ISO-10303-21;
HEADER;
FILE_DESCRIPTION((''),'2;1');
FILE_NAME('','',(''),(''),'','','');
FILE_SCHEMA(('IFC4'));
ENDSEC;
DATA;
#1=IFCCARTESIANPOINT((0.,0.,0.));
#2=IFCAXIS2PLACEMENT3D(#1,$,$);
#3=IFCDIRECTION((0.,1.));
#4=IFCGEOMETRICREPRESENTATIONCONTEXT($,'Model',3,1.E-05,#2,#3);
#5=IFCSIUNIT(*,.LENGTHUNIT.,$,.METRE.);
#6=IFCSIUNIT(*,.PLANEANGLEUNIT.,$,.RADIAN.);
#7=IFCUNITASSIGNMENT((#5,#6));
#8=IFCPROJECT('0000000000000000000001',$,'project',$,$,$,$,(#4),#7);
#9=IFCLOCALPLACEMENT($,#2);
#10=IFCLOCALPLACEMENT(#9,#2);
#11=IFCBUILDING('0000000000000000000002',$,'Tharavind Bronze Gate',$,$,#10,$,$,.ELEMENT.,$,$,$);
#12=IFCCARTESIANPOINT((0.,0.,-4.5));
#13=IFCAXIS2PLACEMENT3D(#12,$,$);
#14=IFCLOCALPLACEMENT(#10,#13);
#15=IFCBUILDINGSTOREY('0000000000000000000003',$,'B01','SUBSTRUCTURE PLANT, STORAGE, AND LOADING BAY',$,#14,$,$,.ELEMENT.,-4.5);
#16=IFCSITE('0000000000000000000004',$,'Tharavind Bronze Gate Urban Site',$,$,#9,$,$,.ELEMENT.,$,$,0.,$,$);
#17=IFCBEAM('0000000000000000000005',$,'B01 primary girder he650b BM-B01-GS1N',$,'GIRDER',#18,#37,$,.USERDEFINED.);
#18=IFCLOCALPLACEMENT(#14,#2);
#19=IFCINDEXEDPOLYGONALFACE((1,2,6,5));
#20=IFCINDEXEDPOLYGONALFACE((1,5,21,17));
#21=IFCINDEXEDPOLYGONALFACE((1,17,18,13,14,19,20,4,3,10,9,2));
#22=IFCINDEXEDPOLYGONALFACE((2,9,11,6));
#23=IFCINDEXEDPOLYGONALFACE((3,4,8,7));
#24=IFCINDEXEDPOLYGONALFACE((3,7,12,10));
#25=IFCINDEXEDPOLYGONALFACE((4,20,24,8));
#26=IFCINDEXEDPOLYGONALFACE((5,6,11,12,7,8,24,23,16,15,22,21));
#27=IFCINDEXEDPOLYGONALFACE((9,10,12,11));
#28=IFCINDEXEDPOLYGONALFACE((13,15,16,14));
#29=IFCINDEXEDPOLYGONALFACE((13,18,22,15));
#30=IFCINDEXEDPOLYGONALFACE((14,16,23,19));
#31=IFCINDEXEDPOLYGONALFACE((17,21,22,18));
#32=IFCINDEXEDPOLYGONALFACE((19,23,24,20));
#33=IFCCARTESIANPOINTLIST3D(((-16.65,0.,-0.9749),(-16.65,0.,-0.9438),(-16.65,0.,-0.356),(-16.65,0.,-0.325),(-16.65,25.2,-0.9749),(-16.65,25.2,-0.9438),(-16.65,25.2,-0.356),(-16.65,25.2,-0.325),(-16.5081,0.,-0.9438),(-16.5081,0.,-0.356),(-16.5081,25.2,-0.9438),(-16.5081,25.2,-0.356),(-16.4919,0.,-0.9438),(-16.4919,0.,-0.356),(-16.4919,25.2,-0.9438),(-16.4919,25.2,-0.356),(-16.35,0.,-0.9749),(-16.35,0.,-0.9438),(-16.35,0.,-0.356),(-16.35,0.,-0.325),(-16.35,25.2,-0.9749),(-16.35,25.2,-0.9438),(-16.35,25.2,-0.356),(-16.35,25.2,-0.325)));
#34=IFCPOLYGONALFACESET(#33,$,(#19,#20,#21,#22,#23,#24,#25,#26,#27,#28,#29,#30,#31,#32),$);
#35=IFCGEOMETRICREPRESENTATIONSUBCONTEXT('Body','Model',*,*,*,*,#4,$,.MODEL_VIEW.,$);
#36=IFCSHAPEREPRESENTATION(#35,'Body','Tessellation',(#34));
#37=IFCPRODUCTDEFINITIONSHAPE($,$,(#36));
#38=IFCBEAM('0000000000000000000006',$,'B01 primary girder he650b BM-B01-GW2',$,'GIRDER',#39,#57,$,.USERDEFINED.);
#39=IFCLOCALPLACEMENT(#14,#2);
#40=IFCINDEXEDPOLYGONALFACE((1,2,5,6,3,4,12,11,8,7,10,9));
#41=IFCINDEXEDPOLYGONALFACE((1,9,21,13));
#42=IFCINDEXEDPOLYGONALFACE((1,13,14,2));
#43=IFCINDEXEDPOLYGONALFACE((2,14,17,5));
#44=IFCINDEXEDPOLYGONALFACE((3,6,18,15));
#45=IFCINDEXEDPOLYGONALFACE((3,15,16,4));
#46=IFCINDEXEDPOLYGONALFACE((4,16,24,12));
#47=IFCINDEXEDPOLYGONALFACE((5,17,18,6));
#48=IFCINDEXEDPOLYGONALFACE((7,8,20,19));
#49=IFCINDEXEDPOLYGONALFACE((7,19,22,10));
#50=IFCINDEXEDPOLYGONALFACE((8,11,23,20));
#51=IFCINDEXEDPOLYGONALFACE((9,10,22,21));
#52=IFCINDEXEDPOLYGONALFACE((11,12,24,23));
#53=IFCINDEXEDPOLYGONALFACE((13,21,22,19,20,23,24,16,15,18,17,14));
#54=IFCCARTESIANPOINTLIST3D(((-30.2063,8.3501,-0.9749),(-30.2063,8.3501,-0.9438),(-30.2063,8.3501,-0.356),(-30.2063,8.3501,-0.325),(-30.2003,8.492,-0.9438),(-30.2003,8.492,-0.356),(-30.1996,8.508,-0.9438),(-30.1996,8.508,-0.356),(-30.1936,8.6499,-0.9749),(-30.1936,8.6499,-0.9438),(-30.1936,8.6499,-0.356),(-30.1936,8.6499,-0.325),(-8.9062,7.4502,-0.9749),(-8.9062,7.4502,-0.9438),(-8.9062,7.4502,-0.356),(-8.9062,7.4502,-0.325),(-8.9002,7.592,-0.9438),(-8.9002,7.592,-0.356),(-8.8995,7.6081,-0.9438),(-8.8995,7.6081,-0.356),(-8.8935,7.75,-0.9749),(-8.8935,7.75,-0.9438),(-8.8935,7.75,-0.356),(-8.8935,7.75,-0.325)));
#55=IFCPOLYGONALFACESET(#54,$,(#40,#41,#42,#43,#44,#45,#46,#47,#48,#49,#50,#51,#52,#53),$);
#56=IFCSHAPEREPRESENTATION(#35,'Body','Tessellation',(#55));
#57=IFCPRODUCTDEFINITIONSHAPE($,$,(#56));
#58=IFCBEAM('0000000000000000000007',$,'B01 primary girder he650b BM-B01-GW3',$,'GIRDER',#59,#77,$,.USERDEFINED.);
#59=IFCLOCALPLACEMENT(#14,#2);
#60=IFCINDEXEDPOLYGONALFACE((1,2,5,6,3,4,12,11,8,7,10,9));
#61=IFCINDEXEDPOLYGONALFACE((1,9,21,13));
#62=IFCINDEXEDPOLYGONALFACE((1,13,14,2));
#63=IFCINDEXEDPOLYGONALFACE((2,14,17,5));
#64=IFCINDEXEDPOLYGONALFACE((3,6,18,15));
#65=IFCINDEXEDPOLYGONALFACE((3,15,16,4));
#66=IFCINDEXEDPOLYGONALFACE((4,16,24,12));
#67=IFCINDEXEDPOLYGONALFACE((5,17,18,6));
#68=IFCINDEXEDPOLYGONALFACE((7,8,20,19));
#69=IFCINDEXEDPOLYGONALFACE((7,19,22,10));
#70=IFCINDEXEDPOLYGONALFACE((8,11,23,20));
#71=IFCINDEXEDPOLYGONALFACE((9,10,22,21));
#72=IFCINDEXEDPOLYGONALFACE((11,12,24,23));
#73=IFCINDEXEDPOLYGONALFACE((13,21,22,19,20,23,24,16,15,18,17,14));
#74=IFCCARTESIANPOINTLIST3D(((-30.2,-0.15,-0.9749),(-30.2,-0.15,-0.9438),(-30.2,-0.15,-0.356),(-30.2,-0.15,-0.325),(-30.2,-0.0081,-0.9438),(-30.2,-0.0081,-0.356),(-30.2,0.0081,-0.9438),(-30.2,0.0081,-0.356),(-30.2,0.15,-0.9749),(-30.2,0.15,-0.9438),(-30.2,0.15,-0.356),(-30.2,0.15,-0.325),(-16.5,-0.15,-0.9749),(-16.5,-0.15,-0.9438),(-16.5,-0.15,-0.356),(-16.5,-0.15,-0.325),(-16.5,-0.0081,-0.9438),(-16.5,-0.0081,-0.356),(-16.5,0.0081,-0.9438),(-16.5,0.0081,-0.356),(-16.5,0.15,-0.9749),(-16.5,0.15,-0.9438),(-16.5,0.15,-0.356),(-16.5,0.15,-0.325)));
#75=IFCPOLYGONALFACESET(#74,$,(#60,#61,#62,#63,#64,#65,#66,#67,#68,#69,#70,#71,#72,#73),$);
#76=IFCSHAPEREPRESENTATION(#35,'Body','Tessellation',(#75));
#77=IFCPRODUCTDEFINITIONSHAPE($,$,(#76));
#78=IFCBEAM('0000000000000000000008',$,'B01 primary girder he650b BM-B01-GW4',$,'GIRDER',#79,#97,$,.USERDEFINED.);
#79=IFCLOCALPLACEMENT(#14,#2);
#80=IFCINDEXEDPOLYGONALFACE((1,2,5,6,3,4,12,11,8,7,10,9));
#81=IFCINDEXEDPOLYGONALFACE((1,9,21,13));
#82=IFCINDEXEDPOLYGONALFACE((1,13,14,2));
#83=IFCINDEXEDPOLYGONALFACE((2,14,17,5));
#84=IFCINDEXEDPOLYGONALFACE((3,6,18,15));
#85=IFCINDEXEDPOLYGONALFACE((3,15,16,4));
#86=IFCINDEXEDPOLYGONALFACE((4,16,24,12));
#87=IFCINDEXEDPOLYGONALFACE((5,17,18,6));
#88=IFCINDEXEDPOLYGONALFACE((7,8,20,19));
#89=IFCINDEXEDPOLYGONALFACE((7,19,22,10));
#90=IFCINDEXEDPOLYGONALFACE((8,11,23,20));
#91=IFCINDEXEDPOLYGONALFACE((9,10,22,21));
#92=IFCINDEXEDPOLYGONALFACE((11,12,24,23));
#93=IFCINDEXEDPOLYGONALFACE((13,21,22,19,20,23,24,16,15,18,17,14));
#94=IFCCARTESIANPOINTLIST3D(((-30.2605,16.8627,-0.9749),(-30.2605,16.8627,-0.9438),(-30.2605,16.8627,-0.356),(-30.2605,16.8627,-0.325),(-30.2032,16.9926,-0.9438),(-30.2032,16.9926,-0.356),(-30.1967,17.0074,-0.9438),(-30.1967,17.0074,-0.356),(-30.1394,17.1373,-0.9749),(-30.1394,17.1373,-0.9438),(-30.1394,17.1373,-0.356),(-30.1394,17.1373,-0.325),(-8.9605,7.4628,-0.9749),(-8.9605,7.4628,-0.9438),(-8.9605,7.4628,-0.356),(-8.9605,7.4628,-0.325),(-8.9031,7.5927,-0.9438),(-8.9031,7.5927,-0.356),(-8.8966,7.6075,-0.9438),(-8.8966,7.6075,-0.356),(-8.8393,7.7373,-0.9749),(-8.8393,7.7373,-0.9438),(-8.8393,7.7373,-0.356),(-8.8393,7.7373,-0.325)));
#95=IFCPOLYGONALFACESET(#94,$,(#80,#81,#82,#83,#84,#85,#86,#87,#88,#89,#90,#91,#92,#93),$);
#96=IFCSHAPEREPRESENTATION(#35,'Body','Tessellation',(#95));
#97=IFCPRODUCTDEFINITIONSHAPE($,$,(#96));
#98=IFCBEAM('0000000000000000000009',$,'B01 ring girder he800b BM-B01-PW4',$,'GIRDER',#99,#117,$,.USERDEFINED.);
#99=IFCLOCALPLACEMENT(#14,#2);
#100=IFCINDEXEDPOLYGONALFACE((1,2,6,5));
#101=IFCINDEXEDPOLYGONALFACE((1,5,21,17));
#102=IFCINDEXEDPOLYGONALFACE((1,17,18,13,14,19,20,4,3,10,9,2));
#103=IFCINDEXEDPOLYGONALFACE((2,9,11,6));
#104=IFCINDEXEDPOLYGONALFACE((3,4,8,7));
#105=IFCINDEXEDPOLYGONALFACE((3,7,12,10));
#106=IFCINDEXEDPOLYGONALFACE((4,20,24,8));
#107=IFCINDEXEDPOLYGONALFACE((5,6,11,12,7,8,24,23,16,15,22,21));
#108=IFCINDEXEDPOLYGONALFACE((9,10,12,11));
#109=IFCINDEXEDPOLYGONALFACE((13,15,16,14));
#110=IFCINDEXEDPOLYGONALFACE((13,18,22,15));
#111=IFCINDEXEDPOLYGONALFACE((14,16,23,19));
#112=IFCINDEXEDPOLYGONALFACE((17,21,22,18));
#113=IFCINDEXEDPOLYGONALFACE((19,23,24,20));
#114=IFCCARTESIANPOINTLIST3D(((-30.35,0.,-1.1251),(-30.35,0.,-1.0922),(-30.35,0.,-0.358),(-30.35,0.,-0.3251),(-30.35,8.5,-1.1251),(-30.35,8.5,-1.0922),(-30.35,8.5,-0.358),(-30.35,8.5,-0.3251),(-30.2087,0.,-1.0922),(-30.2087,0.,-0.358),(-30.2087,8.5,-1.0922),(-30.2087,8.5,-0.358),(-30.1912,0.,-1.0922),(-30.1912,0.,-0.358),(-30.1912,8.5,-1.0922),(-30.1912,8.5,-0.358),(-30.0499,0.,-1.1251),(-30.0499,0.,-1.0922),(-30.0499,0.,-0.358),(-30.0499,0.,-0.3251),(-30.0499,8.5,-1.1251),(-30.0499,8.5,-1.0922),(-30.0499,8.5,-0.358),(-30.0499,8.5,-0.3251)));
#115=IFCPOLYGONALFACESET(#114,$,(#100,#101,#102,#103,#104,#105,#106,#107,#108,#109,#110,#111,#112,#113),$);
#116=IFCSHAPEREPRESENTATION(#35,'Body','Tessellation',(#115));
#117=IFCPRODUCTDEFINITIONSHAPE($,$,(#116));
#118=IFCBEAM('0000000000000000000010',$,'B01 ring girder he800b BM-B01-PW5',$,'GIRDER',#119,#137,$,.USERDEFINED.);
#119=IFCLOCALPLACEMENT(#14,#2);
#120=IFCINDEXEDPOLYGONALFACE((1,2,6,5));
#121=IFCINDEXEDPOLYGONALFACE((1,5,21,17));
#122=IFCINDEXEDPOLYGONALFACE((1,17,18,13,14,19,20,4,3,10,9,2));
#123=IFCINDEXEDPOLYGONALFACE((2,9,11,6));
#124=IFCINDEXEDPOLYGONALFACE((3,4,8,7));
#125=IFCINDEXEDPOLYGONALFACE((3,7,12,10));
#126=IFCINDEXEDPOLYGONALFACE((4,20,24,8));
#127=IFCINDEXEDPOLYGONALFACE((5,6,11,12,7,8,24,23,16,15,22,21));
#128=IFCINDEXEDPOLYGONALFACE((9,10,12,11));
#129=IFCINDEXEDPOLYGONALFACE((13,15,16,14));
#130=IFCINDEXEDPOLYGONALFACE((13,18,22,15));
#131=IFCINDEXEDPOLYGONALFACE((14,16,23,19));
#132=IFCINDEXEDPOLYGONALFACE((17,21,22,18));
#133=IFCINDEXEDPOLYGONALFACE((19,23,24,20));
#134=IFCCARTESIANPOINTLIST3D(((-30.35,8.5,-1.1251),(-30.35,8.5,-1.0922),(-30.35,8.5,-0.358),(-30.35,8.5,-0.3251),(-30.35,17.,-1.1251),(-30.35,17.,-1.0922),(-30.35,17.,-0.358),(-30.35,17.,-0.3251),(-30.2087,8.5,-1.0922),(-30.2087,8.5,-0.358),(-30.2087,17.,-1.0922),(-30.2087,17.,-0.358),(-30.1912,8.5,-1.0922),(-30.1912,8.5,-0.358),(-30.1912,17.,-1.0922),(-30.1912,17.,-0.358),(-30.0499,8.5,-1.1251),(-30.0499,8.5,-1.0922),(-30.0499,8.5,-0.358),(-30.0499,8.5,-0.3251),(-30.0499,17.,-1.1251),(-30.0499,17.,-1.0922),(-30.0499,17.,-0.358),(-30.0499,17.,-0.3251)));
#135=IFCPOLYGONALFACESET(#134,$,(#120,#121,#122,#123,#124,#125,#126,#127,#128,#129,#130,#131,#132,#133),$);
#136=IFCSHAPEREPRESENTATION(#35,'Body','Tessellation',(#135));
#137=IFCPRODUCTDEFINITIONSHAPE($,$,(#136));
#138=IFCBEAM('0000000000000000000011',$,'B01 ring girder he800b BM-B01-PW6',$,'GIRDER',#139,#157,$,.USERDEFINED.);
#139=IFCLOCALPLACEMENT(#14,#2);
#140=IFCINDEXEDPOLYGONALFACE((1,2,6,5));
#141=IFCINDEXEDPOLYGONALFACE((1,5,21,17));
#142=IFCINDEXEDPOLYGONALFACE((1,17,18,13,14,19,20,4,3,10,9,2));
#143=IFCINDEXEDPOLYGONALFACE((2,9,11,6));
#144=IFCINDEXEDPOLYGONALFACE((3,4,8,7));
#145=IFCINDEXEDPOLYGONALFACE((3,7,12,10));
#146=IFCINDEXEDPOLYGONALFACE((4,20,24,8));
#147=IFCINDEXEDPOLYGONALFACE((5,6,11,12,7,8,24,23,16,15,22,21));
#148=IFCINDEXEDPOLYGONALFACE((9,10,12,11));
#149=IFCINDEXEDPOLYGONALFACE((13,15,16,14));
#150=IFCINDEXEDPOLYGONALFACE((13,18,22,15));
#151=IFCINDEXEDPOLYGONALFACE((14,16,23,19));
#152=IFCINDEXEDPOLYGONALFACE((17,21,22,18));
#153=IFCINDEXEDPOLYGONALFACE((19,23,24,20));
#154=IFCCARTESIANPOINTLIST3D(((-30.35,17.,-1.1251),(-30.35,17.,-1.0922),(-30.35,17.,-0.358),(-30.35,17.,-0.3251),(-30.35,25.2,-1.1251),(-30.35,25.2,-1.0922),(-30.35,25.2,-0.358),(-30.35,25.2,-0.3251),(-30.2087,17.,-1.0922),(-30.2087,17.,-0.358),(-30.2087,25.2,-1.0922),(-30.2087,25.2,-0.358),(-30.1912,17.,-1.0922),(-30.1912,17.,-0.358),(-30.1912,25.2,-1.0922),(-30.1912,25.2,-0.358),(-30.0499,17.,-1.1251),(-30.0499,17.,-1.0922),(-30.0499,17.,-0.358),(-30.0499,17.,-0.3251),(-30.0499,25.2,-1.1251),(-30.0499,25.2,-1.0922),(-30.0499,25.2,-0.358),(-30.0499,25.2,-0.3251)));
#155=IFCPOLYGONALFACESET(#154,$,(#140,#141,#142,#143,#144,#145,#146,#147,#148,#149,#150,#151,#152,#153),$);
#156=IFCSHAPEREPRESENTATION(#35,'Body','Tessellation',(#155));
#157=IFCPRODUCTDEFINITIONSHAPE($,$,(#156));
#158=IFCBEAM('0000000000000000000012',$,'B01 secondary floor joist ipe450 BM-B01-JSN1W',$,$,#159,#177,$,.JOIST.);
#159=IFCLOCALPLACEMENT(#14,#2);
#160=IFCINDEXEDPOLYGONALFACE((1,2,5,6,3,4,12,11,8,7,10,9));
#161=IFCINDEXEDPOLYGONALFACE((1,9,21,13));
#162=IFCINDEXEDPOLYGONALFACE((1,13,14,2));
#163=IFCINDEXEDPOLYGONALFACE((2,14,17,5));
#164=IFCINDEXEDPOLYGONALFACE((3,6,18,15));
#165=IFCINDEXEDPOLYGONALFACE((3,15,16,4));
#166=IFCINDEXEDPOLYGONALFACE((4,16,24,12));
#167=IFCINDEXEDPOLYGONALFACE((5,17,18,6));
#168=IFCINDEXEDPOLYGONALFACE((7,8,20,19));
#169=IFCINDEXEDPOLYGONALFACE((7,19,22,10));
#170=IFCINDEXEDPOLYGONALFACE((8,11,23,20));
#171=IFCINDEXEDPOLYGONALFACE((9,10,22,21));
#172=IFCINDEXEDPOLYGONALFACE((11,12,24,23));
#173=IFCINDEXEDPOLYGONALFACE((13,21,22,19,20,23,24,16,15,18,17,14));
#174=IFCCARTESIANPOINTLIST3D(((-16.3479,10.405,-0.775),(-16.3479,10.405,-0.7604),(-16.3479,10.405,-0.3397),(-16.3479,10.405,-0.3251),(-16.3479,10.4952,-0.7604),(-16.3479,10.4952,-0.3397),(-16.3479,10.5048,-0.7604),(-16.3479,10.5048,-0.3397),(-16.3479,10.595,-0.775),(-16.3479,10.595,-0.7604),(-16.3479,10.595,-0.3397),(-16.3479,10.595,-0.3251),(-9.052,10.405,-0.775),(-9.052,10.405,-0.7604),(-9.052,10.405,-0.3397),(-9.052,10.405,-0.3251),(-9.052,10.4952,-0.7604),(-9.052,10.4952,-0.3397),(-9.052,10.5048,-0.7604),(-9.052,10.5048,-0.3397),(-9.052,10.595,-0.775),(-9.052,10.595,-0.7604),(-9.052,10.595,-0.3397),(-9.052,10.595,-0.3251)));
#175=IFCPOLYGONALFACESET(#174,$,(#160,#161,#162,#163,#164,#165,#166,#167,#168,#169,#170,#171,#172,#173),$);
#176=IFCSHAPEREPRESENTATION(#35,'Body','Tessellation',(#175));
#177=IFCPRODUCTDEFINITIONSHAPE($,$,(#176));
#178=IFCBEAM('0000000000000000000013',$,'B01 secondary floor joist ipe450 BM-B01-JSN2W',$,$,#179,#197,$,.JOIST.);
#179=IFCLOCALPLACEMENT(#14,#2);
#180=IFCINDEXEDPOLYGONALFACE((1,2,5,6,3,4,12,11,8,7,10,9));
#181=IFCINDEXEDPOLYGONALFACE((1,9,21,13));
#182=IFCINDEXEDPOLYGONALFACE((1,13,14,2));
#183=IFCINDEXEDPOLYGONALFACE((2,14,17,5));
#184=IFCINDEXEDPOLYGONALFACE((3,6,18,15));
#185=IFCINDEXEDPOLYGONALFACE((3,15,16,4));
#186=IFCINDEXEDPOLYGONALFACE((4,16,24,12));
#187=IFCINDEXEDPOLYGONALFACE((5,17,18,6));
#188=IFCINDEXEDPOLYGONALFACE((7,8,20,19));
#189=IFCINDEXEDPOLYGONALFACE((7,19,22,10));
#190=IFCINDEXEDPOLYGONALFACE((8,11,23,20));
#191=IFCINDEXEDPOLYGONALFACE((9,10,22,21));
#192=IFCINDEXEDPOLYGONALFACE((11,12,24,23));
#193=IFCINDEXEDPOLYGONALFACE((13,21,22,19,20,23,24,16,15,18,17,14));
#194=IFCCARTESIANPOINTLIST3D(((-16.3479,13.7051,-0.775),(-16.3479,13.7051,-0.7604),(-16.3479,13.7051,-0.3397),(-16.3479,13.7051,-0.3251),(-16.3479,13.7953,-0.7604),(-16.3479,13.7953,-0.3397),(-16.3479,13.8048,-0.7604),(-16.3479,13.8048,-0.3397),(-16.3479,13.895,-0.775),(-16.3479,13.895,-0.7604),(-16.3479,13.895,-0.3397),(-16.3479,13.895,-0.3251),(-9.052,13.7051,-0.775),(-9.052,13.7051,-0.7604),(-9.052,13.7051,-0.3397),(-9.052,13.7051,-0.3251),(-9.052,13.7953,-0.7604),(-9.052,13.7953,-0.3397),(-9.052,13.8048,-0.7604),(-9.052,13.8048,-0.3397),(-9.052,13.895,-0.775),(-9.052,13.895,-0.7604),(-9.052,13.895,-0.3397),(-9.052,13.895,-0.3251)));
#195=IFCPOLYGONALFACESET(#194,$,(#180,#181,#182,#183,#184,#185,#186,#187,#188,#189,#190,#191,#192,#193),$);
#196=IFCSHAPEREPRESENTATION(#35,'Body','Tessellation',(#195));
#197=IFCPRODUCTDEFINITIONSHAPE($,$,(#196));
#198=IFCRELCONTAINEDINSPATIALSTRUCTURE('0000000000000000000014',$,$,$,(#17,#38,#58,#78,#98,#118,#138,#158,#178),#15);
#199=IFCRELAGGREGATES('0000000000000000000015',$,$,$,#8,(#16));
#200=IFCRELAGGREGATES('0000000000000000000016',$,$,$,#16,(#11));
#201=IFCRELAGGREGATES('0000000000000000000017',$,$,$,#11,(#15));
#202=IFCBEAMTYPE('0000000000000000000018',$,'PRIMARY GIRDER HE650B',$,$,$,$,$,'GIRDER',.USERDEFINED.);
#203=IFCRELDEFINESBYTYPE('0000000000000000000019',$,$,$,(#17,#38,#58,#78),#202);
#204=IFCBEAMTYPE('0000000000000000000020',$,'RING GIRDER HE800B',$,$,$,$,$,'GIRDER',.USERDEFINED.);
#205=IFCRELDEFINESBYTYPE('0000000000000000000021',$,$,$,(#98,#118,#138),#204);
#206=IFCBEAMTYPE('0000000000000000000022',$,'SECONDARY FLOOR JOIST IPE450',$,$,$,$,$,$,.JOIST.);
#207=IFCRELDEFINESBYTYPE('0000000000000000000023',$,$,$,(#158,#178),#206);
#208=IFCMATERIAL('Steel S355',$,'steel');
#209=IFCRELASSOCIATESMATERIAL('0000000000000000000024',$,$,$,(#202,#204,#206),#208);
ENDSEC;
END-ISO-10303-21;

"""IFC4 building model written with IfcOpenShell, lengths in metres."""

from ifc_helpers import new_model, si_unit, direction, frame, origin, origin_2d, place, context, subcontext, project, spatial, i_section, extrude, material, material_profile, profile_set, type_object, element, save


model = new_model("IFC4")

# Units and contexts
model_context = context("Model", 3, precision=1e-05, world=origin(), true_north=direction((0.0, 1.0)))
body_context = subcontext(model_context, "Body", "Model", "MODEL_VIEW")
ifc_project = project(units=[si_unit("LENGTHUNIT", "METRE"), si_unit("PLANEANGLEUNIT", "RADIAN")], contexts=[model_context])

# Site, building, storey
site_placement = place(None, origin())
site = spatial("IfcSite", under=ifc_project, at=site_placement, Name="Tharavind Bronze Gate Urban Site", CompositionType="ELEMENT", RefElevation=0.0)
building_placement = place(site_placement, origin())
building = spatial("IfcBuilding", under=site, at=building_placement, Name="Tharavind Bronze Gate", CompositionType="ELEMENT")
storey_placement = place(building_placement, frame((0.0, 0.0, -4.5)))
storey = spatial("IfcBuildingStorey", under=building, at=storey_placement, Name="B01", Description="SUBSTRUCTURE PLANT, STORAGE, AND LOADING BAY", CompositionType="ELEMENT", Elevation=-4.5)

# Beams
ifc_material_1 = material(Name="Steel S355", Category="steel")
ifc_material_profile_1 = material_profile(ifc_material_1, i_section(OverallWidth=0.3, OverallDepth=0.6499, WebThickness=0.0161, FlangeThickness=0.031, at=origin_2d()), Name="HE650B")
ifc_profile_set_1 = profile_set([ifc_material_profile_1], Name="Steel S355")
beam_type_1 = type_object("IfcBeamType", Name="PRIMARY GIRDER HE650B", ElementType="GIRDER", PredefinedType="USERDEFINED", material=ifc_profile_set_1)
beam_1_placement = place(storey_placement, frame((-16.5, 0.0, -0.6499), z_axis=(0.0, 1.0, 0.0), x_axis=(-1.0, 0.0, 0.0)))
element("IfcBeam", 1, at=beam_1_placement, inside=storey, type_object=beam_type_1, Name="B01 primary girder he650b BM-B01-GS1N", ObjectType="GIRDER", PredefinedType="USERDEFINED", context=body_context, shape_type="SweptSolid", body=[
    extrude(i_section(OverallWidth=0.3, OverallDepth=0.6499, WebThickness=0.0161, FlangeThickness=0.031, at=origin_2d()), origin(), (0.0, 0.0, 1.0), 25.2),
])
beam_2_placement = place(storey_placement, frame((-30.2, 8.5, -0.6499), z_axis=(0.999109, -0.042211, 0.0), x_axis=(0.042211, 0.999109, 0.0)))
element("IfcBeam", 2, at=beam_2_placement, inside=storey, type_object=beam_type_1, Name="B01 primary girder he650b BM-B01-GW2", ObjectType="GIRDER", PredefinedType="USERDEFINED", context=body_context, shape_type="SweptSolid", body=[
    extrude(i_section(OverallWidth=0.3, OverallDepth=0.6499, WebThickness=0.0161, FlangeThickness=0.031, at=origin_2d()), origin(), (0.0, 0.0, 1.0), 21.3191),
])
beam_3_placement = place(storey_placement, frame((-30.2, 0.0, -0.6499), z_axis=(1.0, 0.0, 0.0), x_axis=(0.0, 1.0, 0.0)))
element("IfcBeam", 3, at=beam_3_placement, inside=storey, type_object=beam_type_1, Name="B01 primary girder he650b BM-B01-GW3", ObjectType="GIRDER", PredefinedType="USERDEFINED", context=body_context, shape_type="SweptSolid", body=[
    extrude(i_section(OverallWidth=0.3, OverallDepth=0.6499, WebThickness=0.0161, FlangeThickness=0.031, at=origin_2d()), origin(), (0.0, 0.0, 1.0), 13.7),
])
beam_4_placement = place(storey_placement, frame((-30.2, 17.0, -0.6499), z_axis=(0.914873, -0.403742, 0.0), x_axis=(0.403742, 0.914873, 0.0)))
element("IfcBeam", 4, at=beam_4_placement, inside=storey, type_object=beam_type_1, Name="B01 primary girder he650b BM-B01-GW4", ObjectType="GIRDER", PredefinedType="USERDEFINED", context=body_context, shape_type="SweptSolid", body=[
    extrude(i_section(OverallWidth=0.3, OverallDepth=0.6499, WebThickness=0.0161, FlangeThickness=0.031, at=origin_2d()), origin(), (0.0, 0.0, 1.0), 23.282),
])
ifc_material_profile_2 = material_profile(ifc_material_1, i_section(OverallWidth=0.3, OverallDepth=0.8, WebThickness=0.0176, FlangeThickness=0.033, at=origin_2d()), Name="HE800B")
ifc_profile_set_2 = profile_set([ifc_material_profile_2], Name="Steel S355")
beam_type_2 = type_object("IfcBeamType", Name="RING GIRDER HE800B", ElementType="GIRDER", PredefinedType="USERDEFINED", material=ifc_profile_set_2)
for number, where, z_axis, x_axis, name in (
    (5, (-30.2, 0.0, -0.7251), (0.0, 1.0, 0.0), (-1.0, 0.0, 0.0), "B01 ring girder he800b BM-B01-PW4"),
    (6, (-30.2, 8.5, -0.7251), (0.0, 1.0, 0.0), (-1.0, 0.0, 0.0), "B01 ring girder he800b BM-B01-PW5"),
):
    element("IfcBeam", number, at=place(storey_placement, frame(where, z_axis=z_axis, x_axis=x_axis)), inside=storey, type_object=beam_type_2, Name=name, ObjectType="GIRDER", PredefinedType="USERDEFINED", context=body_context, shape_type="SweptSolid", body=[
        extrude(i_section(OverallWidth=0.3, OverallDepth=0.8, WebThickness=0.0176, FlangeThickness=0.033, at=origin_2d()), origin(), (0.0, 0.0, 1.0), 8.5),
    ])
beam_5_placement = place(storey_placement, frame((-30.2, 17.0, -0.7251), z_axis=(0.0, 1.0, 0.0), x_axis=(-1.0, 0.0, 0.0)))
element("IfcBeam", 7, at=beam_5_placement, inside=storey, type_object=beam_type_2, Name="B01 ring girder he800b BM-B01-PW6", ObjectType="GIRDER", PredefinedType="USERDEFINED", context=body_context, shape_type="SweptSolid", body=[
    extrude(i_section(OverallWidth=0.3, OverallDepth=0.8, WebThickness=0.0176, FlangeThickness=0.033, at=origin_2d()), origin(), (0.0, 0.0, 1.0), 8.2),
])
ifc_material_profile_3 = material_profile(ifc_material_1, i_section(OverallWidth=0.1899, OverallDepth=0.45, WebThickness=0.0095, FlangeThickness=0.0146, at=origin_2d()), Name="IPE450")
ifc_profile_set_3 = profile_set([ifc_material_profile_3], Name="Steel S355")
beam_type_3 = type_object("IfcBeamType", Name="SECONDARY FLOOR JOIST IPE450", PredefinedType="JOIST", material=ifc_profile_set_3)
for number, where, z_axis, x_axis, name in (
    (8, (-16.3479, 10.5, -0.55), (1.0, 0.0, 0.0), (0.0, 1.0, 0.0), "B01 secondary floor joist ipe450 BM-B01-JSN1W"),
    (9, (-16.3479, 13.8, -0.55), (1.0, 0.0, 0.0), (0.0, 1.0, 0.0), "B01 secondary floor joist ipe450 BM-B01-JSN2W"),
):
    element("IfcBeam", number, at=place(storey_placement, frame(where, z_axis=z_axis, x_axis=x_axis)), inside=storey, type_object=beam_type_3, Name=name, PredefinedType="JOIST", context=body_context, shape_type="SweptSolid", body=[
        extrude(i_section(OverallWidth=0.1899, OverallDepth=0.45, WebThickness=0.0095, FlangeThickness=0.0146, at=origin_2d()), origin(), (0.0, 0.0, 1.0), 7.2959),
    ])

save(model, "model.ifc")
